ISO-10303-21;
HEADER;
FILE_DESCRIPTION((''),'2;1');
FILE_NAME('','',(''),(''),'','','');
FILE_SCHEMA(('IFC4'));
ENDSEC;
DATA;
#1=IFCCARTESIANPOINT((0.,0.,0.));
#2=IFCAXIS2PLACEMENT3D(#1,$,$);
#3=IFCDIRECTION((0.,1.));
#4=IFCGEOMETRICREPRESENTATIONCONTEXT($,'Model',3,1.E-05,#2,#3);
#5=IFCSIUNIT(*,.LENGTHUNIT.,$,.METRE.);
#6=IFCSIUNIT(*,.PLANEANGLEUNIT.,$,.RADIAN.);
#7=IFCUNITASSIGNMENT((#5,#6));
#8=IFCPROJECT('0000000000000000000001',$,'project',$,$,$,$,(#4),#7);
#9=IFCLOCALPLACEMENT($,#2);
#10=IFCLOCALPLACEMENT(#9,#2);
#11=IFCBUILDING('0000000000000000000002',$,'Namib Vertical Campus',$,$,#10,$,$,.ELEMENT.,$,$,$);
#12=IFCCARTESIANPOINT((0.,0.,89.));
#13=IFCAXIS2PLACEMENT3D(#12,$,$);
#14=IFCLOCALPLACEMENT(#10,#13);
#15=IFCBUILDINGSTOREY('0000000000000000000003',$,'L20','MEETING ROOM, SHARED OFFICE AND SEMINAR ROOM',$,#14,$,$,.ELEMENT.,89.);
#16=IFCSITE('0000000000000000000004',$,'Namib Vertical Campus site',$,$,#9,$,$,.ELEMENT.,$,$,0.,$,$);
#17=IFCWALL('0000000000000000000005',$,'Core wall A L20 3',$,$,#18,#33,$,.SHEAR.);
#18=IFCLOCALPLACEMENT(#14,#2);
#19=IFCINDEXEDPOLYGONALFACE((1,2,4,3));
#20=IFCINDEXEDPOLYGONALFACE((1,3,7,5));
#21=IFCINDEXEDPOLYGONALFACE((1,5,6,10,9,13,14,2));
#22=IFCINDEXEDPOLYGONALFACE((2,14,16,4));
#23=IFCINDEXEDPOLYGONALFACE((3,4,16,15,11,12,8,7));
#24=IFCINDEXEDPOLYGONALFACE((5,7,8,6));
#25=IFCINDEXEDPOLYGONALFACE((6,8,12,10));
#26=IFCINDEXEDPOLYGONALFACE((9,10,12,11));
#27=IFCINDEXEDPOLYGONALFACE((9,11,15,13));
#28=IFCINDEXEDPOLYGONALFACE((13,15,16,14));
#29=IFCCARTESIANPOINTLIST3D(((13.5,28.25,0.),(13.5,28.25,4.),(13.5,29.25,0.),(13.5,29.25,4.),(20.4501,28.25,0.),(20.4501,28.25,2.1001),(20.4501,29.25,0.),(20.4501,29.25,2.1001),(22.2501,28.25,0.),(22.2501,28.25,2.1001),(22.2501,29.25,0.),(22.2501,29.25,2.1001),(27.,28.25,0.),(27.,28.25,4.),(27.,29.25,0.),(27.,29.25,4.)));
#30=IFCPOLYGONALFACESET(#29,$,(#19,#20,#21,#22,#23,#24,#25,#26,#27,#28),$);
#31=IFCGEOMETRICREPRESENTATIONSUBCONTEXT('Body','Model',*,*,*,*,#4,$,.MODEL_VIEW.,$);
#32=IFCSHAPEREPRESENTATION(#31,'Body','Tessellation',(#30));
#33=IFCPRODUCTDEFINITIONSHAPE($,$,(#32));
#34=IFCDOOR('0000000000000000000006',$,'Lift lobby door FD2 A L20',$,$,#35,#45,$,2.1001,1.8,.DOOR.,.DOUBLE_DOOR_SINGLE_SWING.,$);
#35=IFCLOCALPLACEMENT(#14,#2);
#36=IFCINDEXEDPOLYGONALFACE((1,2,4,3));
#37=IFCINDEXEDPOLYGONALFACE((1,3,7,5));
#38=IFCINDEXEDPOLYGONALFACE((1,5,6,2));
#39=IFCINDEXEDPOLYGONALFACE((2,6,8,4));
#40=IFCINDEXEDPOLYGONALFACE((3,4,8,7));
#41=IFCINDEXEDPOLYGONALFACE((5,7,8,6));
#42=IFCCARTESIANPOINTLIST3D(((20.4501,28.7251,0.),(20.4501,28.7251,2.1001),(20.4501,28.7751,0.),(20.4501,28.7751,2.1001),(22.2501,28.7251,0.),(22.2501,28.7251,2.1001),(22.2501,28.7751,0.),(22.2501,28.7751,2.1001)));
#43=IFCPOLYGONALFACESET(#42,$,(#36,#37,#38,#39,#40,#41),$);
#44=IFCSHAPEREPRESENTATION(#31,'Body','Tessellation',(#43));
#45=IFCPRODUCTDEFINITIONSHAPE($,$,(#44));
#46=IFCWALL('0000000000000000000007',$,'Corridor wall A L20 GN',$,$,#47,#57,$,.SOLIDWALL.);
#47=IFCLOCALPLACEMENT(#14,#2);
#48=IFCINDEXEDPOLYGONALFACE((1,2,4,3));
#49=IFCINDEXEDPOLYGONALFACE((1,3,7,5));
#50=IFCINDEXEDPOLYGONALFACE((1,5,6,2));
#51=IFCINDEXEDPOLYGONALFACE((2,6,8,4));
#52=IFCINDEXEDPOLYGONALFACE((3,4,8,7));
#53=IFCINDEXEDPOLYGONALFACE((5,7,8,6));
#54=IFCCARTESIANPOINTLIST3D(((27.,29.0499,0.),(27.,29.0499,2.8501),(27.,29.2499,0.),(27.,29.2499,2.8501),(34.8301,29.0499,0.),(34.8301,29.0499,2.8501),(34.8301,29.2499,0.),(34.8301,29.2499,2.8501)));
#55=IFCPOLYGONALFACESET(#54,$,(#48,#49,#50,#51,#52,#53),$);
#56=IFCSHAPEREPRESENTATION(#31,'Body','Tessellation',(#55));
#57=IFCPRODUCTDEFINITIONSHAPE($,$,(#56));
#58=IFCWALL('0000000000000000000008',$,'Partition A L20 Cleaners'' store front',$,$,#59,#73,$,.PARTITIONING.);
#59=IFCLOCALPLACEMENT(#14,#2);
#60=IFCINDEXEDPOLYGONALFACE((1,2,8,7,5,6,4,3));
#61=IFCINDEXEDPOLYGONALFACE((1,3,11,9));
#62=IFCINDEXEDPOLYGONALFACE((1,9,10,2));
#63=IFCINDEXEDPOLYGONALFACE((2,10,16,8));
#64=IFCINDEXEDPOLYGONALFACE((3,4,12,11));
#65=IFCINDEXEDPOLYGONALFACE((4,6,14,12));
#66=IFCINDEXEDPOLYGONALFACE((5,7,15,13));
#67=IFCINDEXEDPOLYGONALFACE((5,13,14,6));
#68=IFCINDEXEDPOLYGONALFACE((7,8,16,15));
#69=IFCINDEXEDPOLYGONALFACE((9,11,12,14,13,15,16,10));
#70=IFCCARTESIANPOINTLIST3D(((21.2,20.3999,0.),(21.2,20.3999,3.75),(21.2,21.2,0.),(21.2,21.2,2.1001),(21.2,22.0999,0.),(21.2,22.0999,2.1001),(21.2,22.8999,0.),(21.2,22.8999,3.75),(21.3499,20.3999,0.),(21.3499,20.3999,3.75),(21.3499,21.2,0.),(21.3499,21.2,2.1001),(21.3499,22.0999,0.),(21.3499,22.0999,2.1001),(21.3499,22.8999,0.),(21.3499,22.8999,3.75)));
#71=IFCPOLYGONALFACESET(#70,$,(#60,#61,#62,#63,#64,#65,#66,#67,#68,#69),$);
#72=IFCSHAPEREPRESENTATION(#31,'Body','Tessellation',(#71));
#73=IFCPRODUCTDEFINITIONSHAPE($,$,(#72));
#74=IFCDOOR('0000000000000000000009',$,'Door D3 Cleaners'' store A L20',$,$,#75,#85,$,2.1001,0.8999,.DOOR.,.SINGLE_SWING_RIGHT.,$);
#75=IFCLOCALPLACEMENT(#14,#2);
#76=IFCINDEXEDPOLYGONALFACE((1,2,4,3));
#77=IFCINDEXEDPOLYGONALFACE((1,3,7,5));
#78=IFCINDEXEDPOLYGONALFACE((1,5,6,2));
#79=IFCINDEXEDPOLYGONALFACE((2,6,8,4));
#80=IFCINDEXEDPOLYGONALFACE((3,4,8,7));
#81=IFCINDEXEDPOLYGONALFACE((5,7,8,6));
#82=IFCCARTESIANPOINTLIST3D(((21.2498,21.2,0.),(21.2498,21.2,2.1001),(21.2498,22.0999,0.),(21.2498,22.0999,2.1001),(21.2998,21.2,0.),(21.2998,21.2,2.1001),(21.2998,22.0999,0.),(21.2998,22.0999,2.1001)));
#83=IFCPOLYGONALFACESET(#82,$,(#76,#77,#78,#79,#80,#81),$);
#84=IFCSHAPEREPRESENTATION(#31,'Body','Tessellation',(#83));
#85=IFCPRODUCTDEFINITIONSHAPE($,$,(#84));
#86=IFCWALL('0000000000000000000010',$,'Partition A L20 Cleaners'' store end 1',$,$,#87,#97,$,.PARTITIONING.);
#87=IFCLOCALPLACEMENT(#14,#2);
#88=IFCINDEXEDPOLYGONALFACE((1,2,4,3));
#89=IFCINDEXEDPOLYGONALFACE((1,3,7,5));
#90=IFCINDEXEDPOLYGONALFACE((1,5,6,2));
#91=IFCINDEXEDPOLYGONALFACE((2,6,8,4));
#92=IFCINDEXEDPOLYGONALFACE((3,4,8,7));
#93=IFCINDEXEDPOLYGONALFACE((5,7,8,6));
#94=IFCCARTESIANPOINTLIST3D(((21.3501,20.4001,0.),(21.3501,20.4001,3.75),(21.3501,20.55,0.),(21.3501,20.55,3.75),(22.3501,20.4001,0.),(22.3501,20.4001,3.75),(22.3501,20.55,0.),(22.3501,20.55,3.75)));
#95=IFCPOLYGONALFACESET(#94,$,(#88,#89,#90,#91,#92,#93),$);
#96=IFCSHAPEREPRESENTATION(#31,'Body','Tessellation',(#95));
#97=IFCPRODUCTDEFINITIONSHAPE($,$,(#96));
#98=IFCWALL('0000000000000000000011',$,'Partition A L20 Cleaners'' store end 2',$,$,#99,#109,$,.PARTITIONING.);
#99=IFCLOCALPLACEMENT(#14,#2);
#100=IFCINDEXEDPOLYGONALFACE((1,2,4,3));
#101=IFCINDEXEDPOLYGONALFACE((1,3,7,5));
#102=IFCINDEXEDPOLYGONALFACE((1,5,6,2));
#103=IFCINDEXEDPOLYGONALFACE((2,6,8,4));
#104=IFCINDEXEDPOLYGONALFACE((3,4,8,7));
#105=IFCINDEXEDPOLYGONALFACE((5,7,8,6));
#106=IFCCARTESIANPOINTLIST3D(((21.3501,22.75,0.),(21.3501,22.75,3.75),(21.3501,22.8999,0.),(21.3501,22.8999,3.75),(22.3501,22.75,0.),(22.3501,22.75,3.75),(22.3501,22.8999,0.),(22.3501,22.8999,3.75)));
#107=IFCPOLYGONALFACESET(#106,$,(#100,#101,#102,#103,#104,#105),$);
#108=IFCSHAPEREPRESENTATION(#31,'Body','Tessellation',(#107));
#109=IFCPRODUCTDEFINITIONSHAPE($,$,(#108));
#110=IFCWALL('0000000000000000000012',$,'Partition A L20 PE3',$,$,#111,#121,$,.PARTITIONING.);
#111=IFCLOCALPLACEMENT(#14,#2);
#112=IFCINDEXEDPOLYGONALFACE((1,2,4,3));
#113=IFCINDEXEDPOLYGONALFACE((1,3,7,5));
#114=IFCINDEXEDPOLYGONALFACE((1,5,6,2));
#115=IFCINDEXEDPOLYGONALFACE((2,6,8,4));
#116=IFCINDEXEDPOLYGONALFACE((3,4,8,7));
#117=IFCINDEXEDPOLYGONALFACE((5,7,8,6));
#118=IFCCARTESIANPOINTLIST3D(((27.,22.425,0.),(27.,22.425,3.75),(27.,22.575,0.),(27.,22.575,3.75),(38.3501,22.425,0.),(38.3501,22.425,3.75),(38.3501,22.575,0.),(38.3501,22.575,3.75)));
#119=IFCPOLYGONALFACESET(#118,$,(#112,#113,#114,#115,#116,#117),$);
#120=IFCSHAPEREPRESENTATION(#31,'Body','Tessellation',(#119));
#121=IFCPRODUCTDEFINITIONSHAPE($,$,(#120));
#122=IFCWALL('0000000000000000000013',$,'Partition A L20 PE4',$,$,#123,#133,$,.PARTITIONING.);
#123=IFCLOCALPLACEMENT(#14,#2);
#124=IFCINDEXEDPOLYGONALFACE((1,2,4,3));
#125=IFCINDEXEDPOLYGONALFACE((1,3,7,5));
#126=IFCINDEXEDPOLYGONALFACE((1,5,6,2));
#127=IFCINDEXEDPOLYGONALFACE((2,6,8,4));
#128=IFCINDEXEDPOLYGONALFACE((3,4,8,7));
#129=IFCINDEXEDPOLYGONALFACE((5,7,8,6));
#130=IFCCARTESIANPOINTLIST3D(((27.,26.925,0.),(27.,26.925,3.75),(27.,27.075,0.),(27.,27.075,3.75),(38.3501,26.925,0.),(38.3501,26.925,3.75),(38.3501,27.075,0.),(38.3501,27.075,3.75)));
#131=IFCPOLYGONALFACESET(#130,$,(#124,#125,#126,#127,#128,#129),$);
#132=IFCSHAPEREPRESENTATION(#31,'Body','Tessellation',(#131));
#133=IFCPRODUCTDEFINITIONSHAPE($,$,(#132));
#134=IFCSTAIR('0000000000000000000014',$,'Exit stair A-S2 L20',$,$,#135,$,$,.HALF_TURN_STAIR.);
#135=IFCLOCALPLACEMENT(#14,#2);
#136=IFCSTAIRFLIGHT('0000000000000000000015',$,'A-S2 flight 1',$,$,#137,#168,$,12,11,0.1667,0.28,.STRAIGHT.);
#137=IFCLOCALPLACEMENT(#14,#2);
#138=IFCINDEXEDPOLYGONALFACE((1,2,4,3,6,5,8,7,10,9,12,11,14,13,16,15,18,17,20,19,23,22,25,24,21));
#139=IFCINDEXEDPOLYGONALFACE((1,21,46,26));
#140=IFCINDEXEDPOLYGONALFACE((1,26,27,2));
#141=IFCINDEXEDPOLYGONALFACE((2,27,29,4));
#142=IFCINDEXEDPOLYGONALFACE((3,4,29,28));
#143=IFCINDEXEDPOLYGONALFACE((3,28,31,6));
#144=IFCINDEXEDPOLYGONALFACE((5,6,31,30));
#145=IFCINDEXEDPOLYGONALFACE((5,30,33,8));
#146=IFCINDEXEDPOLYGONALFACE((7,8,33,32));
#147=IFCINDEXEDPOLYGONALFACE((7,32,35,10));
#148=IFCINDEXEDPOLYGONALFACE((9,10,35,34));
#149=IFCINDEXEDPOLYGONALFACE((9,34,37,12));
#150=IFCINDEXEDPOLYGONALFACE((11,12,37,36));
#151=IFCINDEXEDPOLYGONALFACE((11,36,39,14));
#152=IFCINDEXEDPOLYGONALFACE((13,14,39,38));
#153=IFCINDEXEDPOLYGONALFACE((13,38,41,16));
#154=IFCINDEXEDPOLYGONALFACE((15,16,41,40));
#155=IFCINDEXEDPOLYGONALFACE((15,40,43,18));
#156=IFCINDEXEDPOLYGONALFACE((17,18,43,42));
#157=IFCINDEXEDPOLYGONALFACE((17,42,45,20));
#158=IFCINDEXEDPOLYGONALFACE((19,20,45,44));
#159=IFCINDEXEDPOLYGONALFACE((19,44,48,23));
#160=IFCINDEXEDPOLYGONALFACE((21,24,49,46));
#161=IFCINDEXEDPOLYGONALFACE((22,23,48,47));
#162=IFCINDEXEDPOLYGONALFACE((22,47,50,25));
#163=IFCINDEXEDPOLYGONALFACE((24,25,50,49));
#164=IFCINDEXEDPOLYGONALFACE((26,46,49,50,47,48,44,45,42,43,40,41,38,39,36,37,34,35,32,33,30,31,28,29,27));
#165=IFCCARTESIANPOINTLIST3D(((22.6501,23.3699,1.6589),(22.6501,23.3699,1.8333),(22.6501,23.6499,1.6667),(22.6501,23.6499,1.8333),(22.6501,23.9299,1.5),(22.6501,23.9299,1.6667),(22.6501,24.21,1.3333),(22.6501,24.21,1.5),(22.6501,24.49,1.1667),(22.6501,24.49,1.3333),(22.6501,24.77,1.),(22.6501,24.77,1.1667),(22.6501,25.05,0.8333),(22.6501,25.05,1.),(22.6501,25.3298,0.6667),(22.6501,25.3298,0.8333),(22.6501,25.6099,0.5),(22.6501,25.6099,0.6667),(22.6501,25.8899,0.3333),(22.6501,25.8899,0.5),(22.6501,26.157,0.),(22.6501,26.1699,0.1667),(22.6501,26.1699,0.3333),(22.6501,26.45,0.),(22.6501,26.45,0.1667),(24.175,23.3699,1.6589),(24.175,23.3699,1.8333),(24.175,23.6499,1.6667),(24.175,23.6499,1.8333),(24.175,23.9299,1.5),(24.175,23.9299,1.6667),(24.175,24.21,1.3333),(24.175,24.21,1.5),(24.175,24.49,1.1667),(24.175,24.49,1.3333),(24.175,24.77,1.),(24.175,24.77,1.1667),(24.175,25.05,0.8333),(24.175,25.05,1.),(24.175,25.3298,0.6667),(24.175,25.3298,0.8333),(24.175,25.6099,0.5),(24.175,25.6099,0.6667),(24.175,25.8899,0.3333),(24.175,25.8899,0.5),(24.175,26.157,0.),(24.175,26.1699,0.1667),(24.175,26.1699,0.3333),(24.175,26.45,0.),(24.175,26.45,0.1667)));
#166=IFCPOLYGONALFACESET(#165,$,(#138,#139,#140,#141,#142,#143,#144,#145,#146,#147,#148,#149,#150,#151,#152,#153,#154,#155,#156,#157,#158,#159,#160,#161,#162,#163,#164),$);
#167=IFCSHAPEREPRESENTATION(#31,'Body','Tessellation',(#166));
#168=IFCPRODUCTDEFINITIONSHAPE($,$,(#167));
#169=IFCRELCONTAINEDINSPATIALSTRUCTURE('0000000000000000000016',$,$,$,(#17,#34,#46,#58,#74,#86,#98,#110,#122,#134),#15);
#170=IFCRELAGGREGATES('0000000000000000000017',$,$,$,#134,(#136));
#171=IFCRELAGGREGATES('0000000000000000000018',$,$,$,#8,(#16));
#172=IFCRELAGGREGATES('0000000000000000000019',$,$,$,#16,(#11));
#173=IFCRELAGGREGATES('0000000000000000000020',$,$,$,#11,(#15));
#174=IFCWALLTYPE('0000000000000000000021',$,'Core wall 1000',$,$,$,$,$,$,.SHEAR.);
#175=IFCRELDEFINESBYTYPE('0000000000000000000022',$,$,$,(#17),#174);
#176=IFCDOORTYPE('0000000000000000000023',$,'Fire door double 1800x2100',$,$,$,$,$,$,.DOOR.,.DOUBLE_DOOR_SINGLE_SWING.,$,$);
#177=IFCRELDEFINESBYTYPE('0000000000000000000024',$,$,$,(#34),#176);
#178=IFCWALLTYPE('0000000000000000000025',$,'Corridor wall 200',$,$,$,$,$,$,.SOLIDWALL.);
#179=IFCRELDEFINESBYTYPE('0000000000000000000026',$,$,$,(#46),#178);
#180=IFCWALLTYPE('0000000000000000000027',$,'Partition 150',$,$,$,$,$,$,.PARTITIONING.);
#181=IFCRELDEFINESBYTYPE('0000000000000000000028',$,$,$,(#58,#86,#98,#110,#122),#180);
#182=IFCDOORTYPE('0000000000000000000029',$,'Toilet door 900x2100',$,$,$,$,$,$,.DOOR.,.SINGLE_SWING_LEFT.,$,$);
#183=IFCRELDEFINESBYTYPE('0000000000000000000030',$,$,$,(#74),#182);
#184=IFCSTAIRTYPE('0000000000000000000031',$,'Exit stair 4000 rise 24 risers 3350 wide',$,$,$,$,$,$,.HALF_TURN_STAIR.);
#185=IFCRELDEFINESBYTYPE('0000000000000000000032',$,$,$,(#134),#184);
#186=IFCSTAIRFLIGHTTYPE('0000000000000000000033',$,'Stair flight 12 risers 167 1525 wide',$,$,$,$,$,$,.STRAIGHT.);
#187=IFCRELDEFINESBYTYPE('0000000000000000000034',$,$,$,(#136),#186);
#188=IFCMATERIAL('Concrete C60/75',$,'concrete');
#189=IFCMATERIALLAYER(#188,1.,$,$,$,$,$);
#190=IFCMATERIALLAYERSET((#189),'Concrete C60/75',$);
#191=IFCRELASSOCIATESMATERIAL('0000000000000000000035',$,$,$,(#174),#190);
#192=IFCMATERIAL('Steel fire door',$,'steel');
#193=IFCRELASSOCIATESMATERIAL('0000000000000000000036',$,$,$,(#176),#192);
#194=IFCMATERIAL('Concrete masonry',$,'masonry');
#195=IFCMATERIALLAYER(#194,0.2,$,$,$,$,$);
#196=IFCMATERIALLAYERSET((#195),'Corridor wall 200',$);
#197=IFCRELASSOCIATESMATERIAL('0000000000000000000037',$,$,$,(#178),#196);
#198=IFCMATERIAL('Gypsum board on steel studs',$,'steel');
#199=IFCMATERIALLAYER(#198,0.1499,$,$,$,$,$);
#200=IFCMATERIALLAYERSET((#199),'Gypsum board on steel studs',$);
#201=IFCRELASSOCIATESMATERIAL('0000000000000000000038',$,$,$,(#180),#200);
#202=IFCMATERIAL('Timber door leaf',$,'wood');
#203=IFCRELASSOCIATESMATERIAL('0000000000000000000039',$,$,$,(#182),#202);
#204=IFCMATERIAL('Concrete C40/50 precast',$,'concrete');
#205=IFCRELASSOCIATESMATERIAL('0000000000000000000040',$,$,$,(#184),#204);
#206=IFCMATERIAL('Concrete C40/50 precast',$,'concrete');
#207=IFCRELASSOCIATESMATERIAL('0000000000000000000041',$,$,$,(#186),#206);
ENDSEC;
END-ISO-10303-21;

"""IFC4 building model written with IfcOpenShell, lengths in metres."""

from ifc_helpers import new_model, si_unit, direction, frame, frame_2d, origin, place, context, subcontext, project, spatial, polyline, rectangle, outline, extrude, material, layer, layer_set, type_object, element, fill, aggregate, save


model = new_model("IFC4")

# Units and contexts
model_context = context("Model", 3, precision=1e-05, world=origin(), true_north=direction((0.0, 1.0)))
body_context = subcontext(model_context, "Body", "Model", "MODEL_VIEW")
ifc_project = project(units=[si_unit("LENGTHUNIT", "METRE"), si_unit("PLANEANGLEUNIT", "RADIAN")], contexts=[model_context])

# Site, building, storey
site_placement = place(None, origin())
site = spatial("IfcSite", under=ifc_project, at=site_placement, Name="Namib Vertical Campus site", CompositionType="ELEMENT", RefElevation=0.0)
building_placement = place(site_placement, origin())
building = spatial("IfcBuilding", under=site, at=building_placement, Name="Namib Vertical Campus", CompositionType="ELEMENT")
storey_placement = place(building_placement, frame((0.0, 0.0, 89.0)))
storey = spatial("IfcBuildingStorey", under=building, at=storey_placement, Name="L20", Description="MEETING ROOM, SHARED OFFICE AND SEMINAR ROOM", CompositionType="ELEMENT", Elevation=89.0)

# Wall, opening, door
ifc_material_1 = material(Name="Concrete C60/75", Category="concrete")
ifc_layer_1 = layer(ifc_material_1, 1.0)
ifc_layer_set_1 = layer_set([ifc_layer_1], Name="Concrete C60/75")
wall_type_1 = type_object("IfcWallType", Name="Core wall 1000", PredefinedType="SHEAR", material=ifc_layer_set_1)
wall_1_placement = place(storey_placement, frame((27.0, 28.75, 0.0), z_axis=(0.0, 0.0, 1.0), x_axis=(-1.0, 0.0, 0.0)))
wall_1 = element("IfcWall", 1, at=wall_1_placement, inside=storey, type_object=wall_type_1, Name="Core wall A L20 3", PredefinedType="SHEAR", context=body_context, shape_type="SweptSolid", body=[
    extrude(rectangle(XDim=13.5, YDim=1.0, at=frame_2d((6.75, 0.0))), origin(), (0.0, 0.0, 1.0), 4.0),
])
opening_1_placement = place(wall_1_placement, frame((4.75, 0.0, 0.0)))
opening_1 = element("IfcOpeningElement", 2, at=opening_1_placement, cuts=wall_1, PredefinedType="OPENING", context=body_context, shape_type="SweptSolid", body=[
    extrude(rectangle(XDim=1.8, YDim=2.1001, at=frame_2d((0.8999, 1.05))), frame((0.0, 0.51, 0.0), z_axis=(0.0, -1.0, 0.0), x_axis=(1.0, 0.0, 0.0)), (0.0, 0.0, 1.0), 1.02),
])
ifc_material_2 = material(Name="Steel fire door", Category="steel")
door_type_1 = type_object("IfcDoorType", Name="Fire door double 1800x2100", OperationType="DOUBLE_DOOR_SINGLE_SWING", PredefinedType="DOOR", material=ifc_material_2)
door_1_placement = place(opening_1_placement, origin())
door_1 = element("IfcDoor", 3, at=door_1_placement, inside=storey, type_object=door_type_1, Name="Lift lobby door FD2 A L20", OperationType="DOUBLE_DOOR_SINGLE_SWING", OverallHeight=2.1001, OverallWidth=1.8, PredefinedType="DOOR", context=body_context, shape_type="SweptSolid", body=[
    extrude(rectangle(XDim=1.8, YDim=2.1001, at=frame_2d((0.8999, 1.05))), frame((0.0, 0.0249, 0.0), z_axis=(0.0, -1.0, 0.0), x_axis=(1.0, 0.0, 0.0)), (0.0, 0.0, 1.0), 0.05),
])
fill(opening_1, door_1)

# Wall
ifc_material_3 = material(Name="Concrete masonry", Category="masonry")
ifc_layer_2 = layer(ifc_material_3, 0.2)
ifc_layer_set_2 = layer_set([ifc_layer_2], Name="Corridor wall 200")
wall_type_2 = type_object("IfcWallType", Name="Corridor wall 200", PredefinedType="SOLIDWALL", material=ifc_layer_set_2)
wall_2_placement = place(storey_placement, frame((27.0, 29.1499, 0.0), z_axis=(0.0, 0.0, 1.0), x_axis=(1.0, 0.0, 0.0)))
element("IfcWall", 4, at=wall_2_placement, inside=storey, type_object=wall_type_2, Name="Corridor wall A L20 GN", PredefinedType="SOLIDWALL", context=body_context, shape_type="SweptSolid", body=[
    extrude(rectangle(XDim=7.8301, YDim=0.2, at=frame_2d((3.915, 0.0))), origin(), (0.0, 0.0, 1.0), 2.8501),
])

# Wall, opening, door
ifc_material_4 = material(Name="Gypsum board on steel studs", Category="steel")
ifc_layer_3 = layer(ifc_material_4, 0.1499)
ifc_layer_set_3 = layer_set([ifc_layer_3], Name="Gypsum board on steel studs")
wall_type_3 = type_object("IfcWallType", Name="Partition 150", PredefinedType="PARTITIONING", material=ifc_layer_set_3)
wall_3_placement = place(storey_placement, frame((21.2749, 20.3999, 0.0), z_axis=(0.0, 0.0, 1.0), x_axis=(0.0, 1.0, 0.0)))
wall_3 = element("IfcWall", 5, at=wall_3_placement, inside=storey, type_object=wall_type_3, Name="Partition A L20 Cleaners' store front", PredefinedType="PARTITIONING", context=body_context, shape_type="SweptSolid", body=[
    extrude(rectangle(XDim=2.5, YDim=0.1499, at=frame_2d((1.25, 0.0))), origin(), (0.0, 0.0, 1.0), 3.75),
])
opening_2_placement = place(wall_3_placement, frame((0.8, 0.0, 0.0)))
opening_2 = element("IfcOpeningElement", 6, at=opening_2_placement, cuts=wall_3, PredefinedType="OPENING", context=body_context, shape_type="SweptSolid", body=[
    extrude(rectangle(XDim=0.8999, YDim=2.1001, at=frame_2d((0.45, 1.05))), frame((0.0, 0.085, 0.0), z_axis=(0.0, -1.0, 0.0), x_axis=(1.0, 0.0, 0.0)), (0.0, 0.0, 1.0), 0.1699),
])
ifc_material_5 = material(Name="Timber door leaf", Category="wood")
door_type_2 = type_object("IfcDoorType", Name="Toilet door 900x2100", OperationType="SINGLE_SWING_LEFT", PredefinedType="DOOR", material=ifc_material_5)
door_2_placement = place(opening_2_placement, frame((0.8999, 0.0, 0.0), z_axis=(0.0, 0.0, 1.0), x_axis=(-1.0, 0.0, 0.0)))
door_2 = element("IfcDoor", 7, at=door_2_placement, inside=storey, type_object=door_type_2, Name="Door D3 Cleaners' store A L20", OperationType="SINGLE_SWING_RIGHT", OverallHeight=2.1001, OverallWidth=0.8999, PredefinedType="DOOR", context=body_context, shape_type="SweptSolid", body=[
    extrude(rectangle(XDim=0.8999, YDim=2.1001, at=frame_2d((0.45, 1.05))), frame((0.0, 0.0249, 0.0), z_axis=(0.0, -1.0, 0.0), x_axis=(1.0, 0.0, 0.0)), (0.0, 0.0, 1.0), 0.05),
])
fill(opening_2, door_2)

# Walls
for number, where, z_axis, x_axis, name in (
    (8, (21.3501, 20.4751, 0.0), (0.0, 0.0, 1.0), (1.0, 0.0, 0.0), "Partition A L20 Cleaners' store end 1"),
    (9, (21.3501, 22.825, 0.0), (0.0, 0.0, 1.0), (1.0, 0.0, 0.0), "Partition A L20 Cleaners' store end 2"),
):
    element("IfcWall", number, at=place(storey_placement, frame(where, z_axis=z_axis, x_axis=x_axis)), inside=storey, type_object=wall_type_3, Name=name, PredefinedType="PARTITIONING", context=body_context, shape_type="SweptSolid", body=[
        extrude(rectangle(XDim=1.0, YDim=0.1499, at=frame_2d((0.5, 0.0))), origin(), (0.0, 0.0, 1.0), 3.75),
    ])
for number, where, z_axis, x_axis, name in (
    (10, (27.0, 22.5, 0.0), (0.0, 0.0, 1.0), (1.0, 0.0, 0.0), "Partition A L20 PE3"),
    (11, (27.0, 27.0, 0.0), (0.0, 0.0, 1.0), (1.0, 0.0, 0.0), "Partition A L20 PE4"),
):
    element("IfcWall", number, at=place(storey_placement, frame(where, z_axis=z_axis, x_axis=x_axis)), inside=storey, type_object=wall_type_3, Name=name, PredefinedType="PARTITIONING", context=body_context, shape_type="SweptSolid", body=[
        extrude(rectangle(XDim=11.3501, YDim=0.1499, at=frame_2d((5.675, 0.0))), origin(), (0.0, 0.0, 1.0), 3.75),
    ])

# Stair, stair flight
ifc_material_6 = material(Name="Concrete C40/50 precast", Category="concrete")
stair_type = type_object("IfcStairType", Name="Exit stair 4000 rise 24 risers 3350 wide", PredefinedType="HALF_TURN_STAIR", material=ifc_material_6)
stair_placement = place(storey_placement, origin())
stair = element("IfcStair", 12, at=stair_placement, inside=storey, type_object=stair_type, Name="Exit stair A-S2 L20", PredefinedType="HALF_TURN_STAIR")
ifc_material_7 = material(Name="Concrete C40/50 precast", Category="concrete")
stair_flight_type = type_object("IfcStairFlightType", Name="Stair flight 12 risers 167 1525 wide", PredefinedType="STRAIGHT", material=ifc_material_7)
stair_flight_1_placement = place(storey_placement, frame((23.4126, 26.45, 0.0), z_axis=(0.0, 0.0, 1.0), x_axis=(0.0, -1.0, 0.0)))
stair_flight_1 = element("IfcStairFlight", 13, at=stair_flight_1_placement, type_object=stair_flight_type, Name="A-S2 flight 1", NumberOfRisers=12, NumberOfTreads=11, PredefinedType="STRAIGHT", RiserHeight=0.1667, TreadLength=0.28, context=body_context, shape_type="SweptSolid", body=[
    extrude(outline(polyline([(0.0, 0.0), (0.0, 0.1667), (0.28, 0.1667), (0.28, 0.3333), (0.5601, 0.3333), (0.5601, 0.5), (0.8401, 0.5), (0.8401, 0.6667), (1.1201, 0.6667), (1.1201, 0.8333), (1.3999, 0.8333), (1.3999, 1.0), (1.6799, 1.0), (1.6799, 1.1667), (1.96, 1.1667), (1.96, 1.3333), (2.24, 1.3333), (2.24, 1.5), (2.52, 1.5), (2.52, 1.6667), (2.8, 1.6667), (2.8, 1.8333), (3.0801, 1.8333), (3.0801, 2.0), (3.0801, 1.6589), (0.293, 0.0), (0.0, 0.0)])), frame((0.0, 0.7625, 0.0), z_axis=(0.0, -1.0, 0.0), x_axis=(1.0, 0.0, 0.0)), (0.0, 0.0, 1.0), 1.5249),
])
aggregate(stair, [stair_flight_1])

save(model, "model.ifc")
